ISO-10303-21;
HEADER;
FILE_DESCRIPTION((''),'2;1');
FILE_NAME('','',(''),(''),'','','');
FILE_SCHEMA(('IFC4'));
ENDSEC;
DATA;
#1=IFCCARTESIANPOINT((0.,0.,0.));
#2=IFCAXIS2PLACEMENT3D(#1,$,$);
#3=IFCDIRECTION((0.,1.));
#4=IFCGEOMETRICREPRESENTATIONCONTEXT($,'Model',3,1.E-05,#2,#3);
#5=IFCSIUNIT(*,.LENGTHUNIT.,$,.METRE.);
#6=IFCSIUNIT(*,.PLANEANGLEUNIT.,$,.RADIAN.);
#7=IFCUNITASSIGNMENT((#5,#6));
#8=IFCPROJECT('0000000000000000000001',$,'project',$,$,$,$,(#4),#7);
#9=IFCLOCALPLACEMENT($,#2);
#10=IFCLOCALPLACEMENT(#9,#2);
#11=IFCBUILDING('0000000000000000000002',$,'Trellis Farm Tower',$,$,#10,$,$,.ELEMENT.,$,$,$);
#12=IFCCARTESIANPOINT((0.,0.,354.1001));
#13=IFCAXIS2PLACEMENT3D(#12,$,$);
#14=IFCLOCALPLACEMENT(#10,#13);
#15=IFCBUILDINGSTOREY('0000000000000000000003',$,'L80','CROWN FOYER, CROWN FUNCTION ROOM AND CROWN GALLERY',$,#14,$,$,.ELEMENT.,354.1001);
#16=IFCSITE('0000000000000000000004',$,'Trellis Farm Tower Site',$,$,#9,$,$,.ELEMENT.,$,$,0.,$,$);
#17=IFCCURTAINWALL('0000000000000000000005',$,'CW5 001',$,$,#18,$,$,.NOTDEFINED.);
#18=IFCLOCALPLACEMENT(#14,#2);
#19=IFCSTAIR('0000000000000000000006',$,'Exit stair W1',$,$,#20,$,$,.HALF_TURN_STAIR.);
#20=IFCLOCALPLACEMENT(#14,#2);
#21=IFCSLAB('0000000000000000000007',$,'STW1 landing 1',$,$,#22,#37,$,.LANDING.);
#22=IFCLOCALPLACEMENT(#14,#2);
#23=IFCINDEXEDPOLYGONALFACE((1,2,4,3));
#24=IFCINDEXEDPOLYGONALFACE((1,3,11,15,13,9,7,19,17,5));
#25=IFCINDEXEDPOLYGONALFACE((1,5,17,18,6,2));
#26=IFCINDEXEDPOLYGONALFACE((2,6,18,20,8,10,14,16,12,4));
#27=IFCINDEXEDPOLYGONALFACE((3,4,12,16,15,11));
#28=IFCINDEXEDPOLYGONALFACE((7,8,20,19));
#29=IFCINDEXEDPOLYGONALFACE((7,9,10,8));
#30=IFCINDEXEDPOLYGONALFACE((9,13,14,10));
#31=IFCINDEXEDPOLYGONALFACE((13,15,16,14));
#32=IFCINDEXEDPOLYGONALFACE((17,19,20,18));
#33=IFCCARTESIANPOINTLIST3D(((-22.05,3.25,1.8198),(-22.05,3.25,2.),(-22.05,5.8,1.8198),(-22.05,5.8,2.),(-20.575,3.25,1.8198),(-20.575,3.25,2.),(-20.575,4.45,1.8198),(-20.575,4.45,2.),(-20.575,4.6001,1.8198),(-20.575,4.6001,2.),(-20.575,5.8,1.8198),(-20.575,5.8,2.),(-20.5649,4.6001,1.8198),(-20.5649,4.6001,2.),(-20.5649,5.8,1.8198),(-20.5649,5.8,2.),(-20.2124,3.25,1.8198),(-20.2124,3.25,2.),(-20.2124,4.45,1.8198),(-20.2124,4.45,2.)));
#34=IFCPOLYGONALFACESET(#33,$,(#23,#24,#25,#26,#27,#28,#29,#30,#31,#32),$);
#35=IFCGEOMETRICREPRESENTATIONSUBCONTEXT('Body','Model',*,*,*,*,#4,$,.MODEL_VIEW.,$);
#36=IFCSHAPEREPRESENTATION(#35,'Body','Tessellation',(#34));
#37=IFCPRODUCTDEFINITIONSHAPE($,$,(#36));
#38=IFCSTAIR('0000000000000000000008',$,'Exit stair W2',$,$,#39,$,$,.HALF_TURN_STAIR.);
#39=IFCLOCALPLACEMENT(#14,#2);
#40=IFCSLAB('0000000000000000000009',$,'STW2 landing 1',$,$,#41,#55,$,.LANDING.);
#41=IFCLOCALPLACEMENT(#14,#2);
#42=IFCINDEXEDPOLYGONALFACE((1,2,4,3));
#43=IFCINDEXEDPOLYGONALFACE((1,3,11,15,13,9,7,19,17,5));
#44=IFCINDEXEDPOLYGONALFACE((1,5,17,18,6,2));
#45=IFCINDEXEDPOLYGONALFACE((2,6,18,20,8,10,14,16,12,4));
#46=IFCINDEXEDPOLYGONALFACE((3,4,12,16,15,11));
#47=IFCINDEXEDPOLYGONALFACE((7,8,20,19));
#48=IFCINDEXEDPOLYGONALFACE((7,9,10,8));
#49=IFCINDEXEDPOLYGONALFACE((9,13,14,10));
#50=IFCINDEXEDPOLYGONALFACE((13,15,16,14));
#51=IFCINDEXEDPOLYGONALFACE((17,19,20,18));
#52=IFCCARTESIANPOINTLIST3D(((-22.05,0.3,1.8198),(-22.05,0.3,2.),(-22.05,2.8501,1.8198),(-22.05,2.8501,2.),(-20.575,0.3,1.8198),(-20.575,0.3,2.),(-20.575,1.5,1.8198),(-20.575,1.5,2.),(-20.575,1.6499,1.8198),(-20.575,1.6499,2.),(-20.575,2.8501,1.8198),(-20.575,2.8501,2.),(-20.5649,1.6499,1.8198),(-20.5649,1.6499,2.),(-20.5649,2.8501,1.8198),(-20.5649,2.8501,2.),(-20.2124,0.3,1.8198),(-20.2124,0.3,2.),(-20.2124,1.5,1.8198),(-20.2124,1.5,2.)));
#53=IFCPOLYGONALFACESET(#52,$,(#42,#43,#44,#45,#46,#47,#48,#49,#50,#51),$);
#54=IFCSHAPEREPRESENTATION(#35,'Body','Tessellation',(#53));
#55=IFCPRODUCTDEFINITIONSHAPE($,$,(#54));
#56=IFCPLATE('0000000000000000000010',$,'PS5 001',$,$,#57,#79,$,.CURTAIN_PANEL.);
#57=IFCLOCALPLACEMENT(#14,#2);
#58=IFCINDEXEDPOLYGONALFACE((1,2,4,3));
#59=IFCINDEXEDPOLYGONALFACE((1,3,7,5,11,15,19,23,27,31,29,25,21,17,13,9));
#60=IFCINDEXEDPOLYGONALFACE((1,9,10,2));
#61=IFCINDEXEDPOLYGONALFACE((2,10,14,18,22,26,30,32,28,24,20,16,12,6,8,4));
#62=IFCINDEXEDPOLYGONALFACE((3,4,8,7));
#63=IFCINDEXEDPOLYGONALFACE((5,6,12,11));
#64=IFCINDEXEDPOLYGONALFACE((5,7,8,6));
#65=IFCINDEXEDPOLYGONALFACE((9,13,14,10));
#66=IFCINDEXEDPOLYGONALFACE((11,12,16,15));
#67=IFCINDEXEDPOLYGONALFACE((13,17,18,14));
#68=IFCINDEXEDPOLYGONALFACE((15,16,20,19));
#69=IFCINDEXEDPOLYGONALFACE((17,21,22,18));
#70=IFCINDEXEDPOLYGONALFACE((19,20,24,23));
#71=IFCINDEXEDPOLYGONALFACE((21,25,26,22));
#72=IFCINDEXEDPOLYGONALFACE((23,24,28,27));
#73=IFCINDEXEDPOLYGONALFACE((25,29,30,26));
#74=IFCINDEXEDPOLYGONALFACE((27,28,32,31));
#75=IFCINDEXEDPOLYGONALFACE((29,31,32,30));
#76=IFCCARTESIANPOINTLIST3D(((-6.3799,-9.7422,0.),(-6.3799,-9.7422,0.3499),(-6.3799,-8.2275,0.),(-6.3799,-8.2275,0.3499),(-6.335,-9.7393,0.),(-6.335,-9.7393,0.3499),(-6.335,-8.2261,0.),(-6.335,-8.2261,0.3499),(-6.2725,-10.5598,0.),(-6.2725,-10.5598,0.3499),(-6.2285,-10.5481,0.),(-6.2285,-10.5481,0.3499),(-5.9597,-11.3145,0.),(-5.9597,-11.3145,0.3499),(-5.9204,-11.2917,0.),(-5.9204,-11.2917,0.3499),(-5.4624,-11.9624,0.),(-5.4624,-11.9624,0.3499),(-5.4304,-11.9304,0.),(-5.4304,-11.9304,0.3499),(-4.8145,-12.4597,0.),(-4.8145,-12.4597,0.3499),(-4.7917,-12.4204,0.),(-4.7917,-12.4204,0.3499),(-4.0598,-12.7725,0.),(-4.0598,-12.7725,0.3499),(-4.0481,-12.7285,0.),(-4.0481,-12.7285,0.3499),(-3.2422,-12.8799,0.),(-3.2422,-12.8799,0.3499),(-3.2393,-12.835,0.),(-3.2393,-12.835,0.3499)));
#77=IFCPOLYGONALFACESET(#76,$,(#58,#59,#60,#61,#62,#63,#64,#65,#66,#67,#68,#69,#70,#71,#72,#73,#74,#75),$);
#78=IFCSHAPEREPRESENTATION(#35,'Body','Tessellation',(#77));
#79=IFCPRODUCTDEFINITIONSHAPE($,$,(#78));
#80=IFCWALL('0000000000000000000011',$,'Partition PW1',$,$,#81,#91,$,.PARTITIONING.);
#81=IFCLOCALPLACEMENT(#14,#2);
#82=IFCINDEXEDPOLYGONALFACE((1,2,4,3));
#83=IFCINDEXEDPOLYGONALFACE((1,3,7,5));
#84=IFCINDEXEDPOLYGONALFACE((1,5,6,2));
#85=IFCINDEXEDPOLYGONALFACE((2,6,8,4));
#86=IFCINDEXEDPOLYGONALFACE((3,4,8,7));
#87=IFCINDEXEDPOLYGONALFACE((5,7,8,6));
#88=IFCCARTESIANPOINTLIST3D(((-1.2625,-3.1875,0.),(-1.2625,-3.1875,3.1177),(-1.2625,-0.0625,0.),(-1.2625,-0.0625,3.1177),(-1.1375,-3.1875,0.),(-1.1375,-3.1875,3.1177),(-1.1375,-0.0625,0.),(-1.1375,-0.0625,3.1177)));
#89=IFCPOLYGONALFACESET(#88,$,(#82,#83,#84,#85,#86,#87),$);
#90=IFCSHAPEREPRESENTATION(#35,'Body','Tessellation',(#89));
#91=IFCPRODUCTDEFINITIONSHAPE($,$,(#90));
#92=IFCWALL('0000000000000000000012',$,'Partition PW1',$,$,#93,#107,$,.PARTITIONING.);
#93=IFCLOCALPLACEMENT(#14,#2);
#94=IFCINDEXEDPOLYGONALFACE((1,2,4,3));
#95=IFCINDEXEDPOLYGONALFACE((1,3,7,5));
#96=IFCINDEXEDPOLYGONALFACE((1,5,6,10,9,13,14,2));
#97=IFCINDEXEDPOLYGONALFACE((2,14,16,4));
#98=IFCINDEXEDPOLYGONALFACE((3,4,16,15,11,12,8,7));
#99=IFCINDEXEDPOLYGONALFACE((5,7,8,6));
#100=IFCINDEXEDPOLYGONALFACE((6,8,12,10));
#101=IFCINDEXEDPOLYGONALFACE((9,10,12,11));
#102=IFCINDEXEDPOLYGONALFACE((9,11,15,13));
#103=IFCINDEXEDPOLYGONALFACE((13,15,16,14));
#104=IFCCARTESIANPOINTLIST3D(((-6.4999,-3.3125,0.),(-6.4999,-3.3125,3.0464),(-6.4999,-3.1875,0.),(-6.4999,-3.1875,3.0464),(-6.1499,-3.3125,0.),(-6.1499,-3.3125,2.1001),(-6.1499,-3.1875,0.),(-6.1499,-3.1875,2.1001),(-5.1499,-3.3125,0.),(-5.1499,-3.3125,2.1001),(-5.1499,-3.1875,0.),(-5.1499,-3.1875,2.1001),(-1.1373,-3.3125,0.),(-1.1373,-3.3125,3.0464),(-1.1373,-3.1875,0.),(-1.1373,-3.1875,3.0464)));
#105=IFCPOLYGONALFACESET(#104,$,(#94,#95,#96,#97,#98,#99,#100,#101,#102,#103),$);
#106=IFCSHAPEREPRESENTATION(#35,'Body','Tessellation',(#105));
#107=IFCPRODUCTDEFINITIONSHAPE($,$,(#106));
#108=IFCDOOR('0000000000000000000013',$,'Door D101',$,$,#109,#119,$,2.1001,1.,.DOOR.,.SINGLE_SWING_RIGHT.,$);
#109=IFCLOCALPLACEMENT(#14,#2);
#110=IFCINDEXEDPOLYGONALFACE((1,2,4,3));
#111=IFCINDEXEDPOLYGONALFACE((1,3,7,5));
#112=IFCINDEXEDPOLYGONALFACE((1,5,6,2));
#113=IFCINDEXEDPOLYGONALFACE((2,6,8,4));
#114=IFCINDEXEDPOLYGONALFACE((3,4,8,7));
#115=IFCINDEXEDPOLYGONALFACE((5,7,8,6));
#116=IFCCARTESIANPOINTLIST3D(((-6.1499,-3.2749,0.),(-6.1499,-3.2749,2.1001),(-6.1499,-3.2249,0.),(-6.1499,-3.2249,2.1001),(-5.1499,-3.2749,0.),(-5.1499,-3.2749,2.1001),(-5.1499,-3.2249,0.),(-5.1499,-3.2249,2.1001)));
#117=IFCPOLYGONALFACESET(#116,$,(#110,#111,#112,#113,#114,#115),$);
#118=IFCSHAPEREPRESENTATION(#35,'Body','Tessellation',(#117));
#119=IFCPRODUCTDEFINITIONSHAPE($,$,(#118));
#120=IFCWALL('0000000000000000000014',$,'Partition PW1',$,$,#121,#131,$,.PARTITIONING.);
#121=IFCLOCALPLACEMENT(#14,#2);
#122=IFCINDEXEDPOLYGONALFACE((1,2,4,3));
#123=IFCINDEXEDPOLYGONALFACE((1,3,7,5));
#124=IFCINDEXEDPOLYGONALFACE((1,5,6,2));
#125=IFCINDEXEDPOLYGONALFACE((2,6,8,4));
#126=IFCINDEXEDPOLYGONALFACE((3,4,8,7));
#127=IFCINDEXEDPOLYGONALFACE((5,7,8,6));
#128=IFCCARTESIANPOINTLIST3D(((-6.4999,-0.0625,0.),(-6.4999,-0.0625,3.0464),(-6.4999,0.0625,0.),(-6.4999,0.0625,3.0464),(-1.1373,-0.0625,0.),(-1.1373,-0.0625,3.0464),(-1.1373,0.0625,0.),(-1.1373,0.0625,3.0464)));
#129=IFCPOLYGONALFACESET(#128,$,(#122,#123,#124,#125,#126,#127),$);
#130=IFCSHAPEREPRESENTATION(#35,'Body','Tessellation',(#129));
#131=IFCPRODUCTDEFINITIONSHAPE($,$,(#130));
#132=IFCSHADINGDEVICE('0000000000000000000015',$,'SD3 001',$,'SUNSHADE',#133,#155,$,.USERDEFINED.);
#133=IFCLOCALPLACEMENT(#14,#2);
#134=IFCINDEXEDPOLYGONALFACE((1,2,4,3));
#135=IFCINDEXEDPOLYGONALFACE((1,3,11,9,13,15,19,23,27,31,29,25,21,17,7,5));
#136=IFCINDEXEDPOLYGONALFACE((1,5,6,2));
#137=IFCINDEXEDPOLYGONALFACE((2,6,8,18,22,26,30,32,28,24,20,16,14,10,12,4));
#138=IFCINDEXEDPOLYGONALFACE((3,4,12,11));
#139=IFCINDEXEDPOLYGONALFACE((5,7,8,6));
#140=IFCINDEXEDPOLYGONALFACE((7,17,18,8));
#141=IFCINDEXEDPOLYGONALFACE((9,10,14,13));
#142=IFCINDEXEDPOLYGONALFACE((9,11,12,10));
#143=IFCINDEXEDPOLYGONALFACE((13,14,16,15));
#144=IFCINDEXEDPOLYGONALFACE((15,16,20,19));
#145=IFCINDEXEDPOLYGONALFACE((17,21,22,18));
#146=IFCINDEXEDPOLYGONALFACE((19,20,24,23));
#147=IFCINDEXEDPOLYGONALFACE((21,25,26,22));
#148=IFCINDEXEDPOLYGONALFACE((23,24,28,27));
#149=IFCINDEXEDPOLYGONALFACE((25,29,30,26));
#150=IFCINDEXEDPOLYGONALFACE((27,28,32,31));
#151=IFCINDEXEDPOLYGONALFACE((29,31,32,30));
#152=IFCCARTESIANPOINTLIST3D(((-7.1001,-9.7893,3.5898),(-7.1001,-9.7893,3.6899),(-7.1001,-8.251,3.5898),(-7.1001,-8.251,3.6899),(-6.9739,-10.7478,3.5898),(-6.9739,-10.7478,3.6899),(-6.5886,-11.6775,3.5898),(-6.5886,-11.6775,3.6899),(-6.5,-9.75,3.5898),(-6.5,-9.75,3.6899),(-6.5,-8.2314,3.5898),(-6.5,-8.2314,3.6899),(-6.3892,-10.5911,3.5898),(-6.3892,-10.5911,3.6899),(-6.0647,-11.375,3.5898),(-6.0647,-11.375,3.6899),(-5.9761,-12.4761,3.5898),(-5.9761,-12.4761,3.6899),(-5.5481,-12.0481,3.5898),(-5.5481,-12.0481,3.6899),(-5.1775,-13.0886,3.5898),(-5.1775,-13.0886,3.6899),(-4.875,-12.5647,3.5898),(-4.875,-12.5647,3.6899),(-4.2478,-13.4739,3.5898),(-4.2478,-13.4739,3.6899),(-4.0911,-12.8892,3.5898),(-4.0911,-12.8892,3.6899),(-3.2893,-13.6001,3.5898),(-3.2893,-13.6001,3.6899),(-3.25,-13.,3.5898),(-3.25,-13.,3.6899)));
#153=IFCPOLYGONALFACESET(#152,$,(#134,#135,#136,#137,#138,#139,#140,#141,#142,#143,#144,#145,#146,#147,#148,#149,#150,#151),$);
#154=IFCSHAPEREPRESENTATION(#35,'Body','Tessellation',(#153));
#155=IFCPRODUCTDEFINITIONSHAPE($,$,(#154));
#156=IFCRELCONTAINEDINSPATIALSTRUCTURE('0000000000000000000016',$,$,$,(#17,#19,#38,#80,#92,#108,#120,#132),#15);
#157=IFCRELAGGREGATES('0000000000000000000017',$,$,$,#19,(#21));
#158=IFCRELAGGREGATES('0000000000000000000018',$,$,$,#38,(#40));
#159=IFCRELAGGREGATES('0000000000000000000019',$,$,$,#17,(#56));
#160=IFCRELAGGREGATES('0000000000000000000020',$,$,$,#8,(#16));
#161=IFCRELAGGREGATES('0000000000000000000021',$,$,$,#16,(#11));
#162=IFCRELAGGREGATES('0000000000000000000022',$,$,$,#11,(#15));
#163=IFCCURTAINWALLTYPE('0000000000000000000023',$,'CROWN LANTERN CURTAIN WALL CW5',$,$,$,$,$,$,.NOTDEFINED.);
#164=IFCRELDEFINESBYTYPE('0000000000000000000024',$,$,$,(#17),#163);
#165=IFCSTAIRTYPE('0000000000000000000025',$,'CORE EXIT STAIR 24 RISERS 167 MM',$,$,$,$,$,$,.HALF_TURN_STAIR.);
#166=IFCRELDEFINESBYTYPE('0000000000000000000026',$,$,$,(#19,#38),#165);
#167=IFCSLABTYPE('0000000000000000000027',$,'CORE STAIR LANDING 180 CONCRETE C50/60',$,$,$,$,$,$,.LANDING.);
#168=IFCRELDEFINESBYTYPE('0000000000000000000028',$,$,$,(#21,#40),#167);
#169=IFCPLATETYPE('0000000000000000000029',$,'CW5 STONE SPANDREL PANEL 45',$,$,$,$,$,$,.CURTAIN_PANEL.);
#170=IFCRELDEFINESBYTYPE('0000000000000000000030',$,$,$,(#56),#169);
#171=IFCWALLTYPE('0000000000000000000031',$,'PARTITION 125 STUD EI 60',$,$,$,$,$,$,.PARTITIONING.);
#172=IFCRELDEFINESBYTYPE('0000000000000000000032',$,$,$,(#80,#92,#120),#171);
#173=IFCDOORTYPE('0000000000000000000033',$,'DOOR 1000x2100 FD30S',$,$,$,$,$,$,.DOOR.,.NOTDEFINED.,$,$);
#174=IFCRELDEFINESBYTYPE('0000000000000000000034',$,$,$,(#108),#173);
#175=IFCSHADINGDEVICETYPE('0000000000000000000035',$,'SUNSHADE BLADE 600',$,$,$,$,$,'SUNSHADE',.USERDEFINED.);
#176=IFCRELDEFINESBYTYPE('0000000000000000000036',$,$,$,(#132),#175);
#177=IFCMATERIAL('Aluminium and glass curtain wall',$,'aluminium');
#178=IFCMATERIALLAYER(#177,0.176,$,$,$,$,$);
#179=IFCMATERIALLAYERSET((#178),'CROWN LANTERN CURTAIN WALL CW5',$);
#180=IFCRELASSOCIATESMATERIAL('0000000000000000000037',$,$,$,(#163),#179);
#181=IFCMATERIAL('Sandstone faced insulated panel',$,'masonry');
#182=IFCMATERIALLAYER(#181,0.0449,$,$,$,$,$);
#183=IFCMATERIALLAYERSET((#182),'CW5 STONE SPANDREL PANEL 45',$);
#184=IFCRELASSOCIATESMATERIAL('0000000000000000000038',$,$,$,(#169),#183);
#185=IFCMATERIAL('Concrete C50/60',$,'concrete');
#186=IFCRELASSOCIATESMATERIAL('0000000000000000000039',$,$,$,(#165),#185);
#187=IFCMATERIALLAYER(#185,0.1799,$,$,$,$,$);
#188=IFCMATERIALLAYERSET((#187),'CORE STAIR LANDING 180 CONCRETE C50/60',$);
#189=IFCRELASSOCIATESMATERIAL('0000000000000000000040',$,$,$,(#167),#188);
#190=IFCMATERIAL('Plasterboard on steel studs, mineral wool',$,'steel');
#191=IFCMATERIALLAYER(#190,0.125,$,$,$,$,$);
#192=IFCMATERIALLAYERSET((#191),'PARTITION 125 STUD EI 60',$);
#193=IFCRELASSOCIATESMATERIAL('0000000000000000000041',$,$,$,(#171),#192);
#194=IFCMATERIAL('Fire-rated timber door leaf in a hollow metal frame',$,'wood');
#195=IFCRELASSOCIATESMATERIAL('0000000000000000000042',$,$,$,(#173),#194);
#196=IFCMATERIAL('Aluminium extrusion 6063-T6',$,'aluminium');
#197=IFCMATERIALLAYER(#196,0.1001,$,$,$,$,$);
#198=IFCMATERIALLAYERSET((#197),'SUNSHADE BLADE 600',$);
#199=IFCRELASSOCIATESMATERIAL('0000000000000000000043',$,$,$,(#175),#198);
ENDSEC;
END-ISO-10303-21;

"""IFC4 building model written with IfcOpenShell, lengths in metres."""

from ifc_helpers import new_model, si_unit, direction, frame, frame_2d, origin, place, context, subcontext, project, spatial, polyline, rectangle, outline, extrude, source, transform, mapped, material, layer, layer_set, type_object, element, fill, aggregate, save


model = new_model("IFC4")

# Units and contexts
model_context = context("Model", 3, precision=1e-05, world=origin(), true_north=direction((0.0, 1.0)))
body_context = subcontext(model_context, "Body", "Model", "MODEL_VIEW")
ifc_project = project(units=[si_unit("LENGTHUNIT", "METRE"), si_unit("PLANEANGLEUNIT", "RADIAN")], contexts=[model_context])

# Site, building, storey
site_placement = place(None, origin())
site = spatial("IfcSite", under=ifc_project, at=site_placement, Name="Trellis Farm Tower Site", CompositionType="ELEMENT", RefElevation=0.0)
building_placement = place(site_placement, origin())
building = spatial("IfcBuilding", under=site, at=building_placement, Name="Trellis Farm Tower", CompositionType="ELEMENT")
storey_placement = place(building_placement, frame((0.0, 0.0, 354.1001)))
storey = spatial("IfcBuildingStorey", under=building, at=storey_placement, Name="L80", Description="CROWN FOYER, CROWN FUNCTION ROOM AND CROWN GALLERY", CompositionType="ELEMENT", Elevation=354.1001)

# Shared definitions
ifc_material_1 = material(Name="Concrete C50/60", Category="concrete")

# Shared definitions
ifc_material_2 = material(Name="Aluminium and glass curtain wall", Category="aluminium")
ifc_layer_1 = layer(ifc_material_2, 0.176)
ifc_layer_set_1 = layer_set([ifc_layer_1], Name="CROWN LANTERN CURTAIN WALL CW5")
curtain_wall_type = type_object("IfcCurtainWallType", Name="CROWN LANTERN CURTAIN WALL CW5", PredefinedType="NOTDEFINED", material=ifc_layer_set_1)
placement_1 = place(storey_placement, origin())
ifc_material_3 = material(Name="Aluminium extrusion 6063-T6", Category="aluminium")

# Curtain wall
curtain_wall_1 = element("IfcCurtainWall", 1, at=placement_1, inside=storey, type_object=curtain_wall_type, Name="CW5 001", PredefinedType="NOTDEFINED")

# Shared definitions
ifc_material_4 = material(Name="Sandstone faced insulated panel", Category="masonry")
ifc_layer_2 = layer(ifc_material_4, 0.0449)
ifc_layer_set_2 = layer_set([ifc_layer_2], Name="CW5 STONE SPANDREL PANEL 45")
plate_type_1 = type_object("IfcPlateType", Name="CW5 STONE SPANDREL PANEL 45", PredefinedType="CURTAIN_PANEL", material=ifc_layer_set_2)

# Stairs, slabs
stair_type = type_object("IfcStairType", Name="CORE EXIT STAIR 24 RISERS 167 MM", PredefinedType="HALF_TURN_STAIR", material=ifc_material_1)
ifc_layer_3 = layer(ifc_material_1, 0.1799)
ifc_layer_set_3 = layer_set([ifc_layer_3], Name="CORE STAIR LANDING 180 CONCRETE C50/60")
slab_type_1 = type_object("IfcSlabType", Name="CORE STAIR LANDING 180 CONCRETE C50/60", PredefinedType="LANDING", material=ifc_layer_set_3)
placement_2 = place(storey_placement, frame((0.0, 0.0, 1.8198)))
stair_1 = element("IfcStair", 2, at=placement_1, inside=storey, type_object=stair_type, Name="Exit stair W1", PredefinedType="HALF_TURN_STAIR")
shared_shape_1 = source(origin(), body_context, "Body", "SweptSolid", [
    extrude(outline(polyline([(-20.2124, 4.45), (-20.2124, 3.25), (-20.575, 3.25), (-22.05, 3.25), (-22.05, 5.8), (-20.575, 5.8), (-20.5649, 5.8), (-20.5649, 4.6001), (-20.575, 4.6001), (-20.575, 4.45), (-20.2124, 4.45)])), origin(), (0.0, 0.0, 1.0), 0.1802),
])
slab_1 = element("IfcSlab", 3, at=placement_2, type_object=slab_type_1, Name="STW1 landing 1", PredefinedType="LANDING", context=body_context, shape_type="MappedRepresentation", body=[
    mapped(shared_shape_1, transform((0.0, 0.0, 0.0))),
])
aggregate(stair_1, [slab_1])
stair_2 = element("IfcStair", 4, at=placement_1, inside=storey, type_object=stair_type, Name="Exit stair W2", PredefinedType="HALF_TURN_STAIR")
shared_shape_2 = source(origin(), body_context, "Body", "SweptSolid", [
    extrude(outline(polyline([(-20.2124, 1.5), (-20.2124, 0.3), (-20.575, 0.3), (-22.05, 0.3), (-22.05, 2.8501), (-20.575, 2.8501), (-20.5649, 2.8501), (-20.5649, 1.6499), (-20.575, 1.6499), (-20.575, 1.5), (-20.2124, 1.5)])), origin(), (0.0, 0.0, 1.0), 0.1802),
])
slab_2 = element("IfcSlab", 5, at=placement_2, type_object=slab_type_1, Name="STW2 landing 1", PredefinedType="LANDING", context=body_context, shape_type="MappedRepresentation", body=[
    mapped(shared_shape_2, transform((0.0, 0.0, 0.0))),
])
aggregate(stair_2, [slab_2])

# Plate
shared_shape_3 = source(origin(), body_context, "Body", "SweptSolid", [
    extrude(outline(polyline([(-6.3799, -8.2275), (-6.3799, -9.7422), (-6.2725, -10.5598), (-5.9597, -11.3145), (-5.4624, -11.9624), (-4.8145, -12.4597), (-4.0598, -12.7725), (-3.2422, -12.8799), (-3.2393, -12.835), (-4.0481, -12.7285), (-4.7917, -12.4204), (-5.4304, -11.9304), (-5.9204, -11.2917), (-6.2285, -10.5481), (-6.335, -9.7393), (-6.335, -8.2261), (-6.3799, -8.2275)])), origin(), (0.0, 0.0, 1.0), 0.3499),
])
plate_1 = element("IfcPlate", 6, at=placement_1, type_object=plate_type_1, Name="PS5 001", PredefinedType="CURTAIN_PANEL", context=body_context, shape_type="MappedRepresentation", body=[
    mapped(shared_shape_3, transform((0.0, 0.0, 0.0))),
])
aggregate(curtain_wall_1, [plate_1])

# Wall
ifc_material_5 = material(Name="Plasterboard on steel studs, mineral wool", Category="steel")
ifc_layer_4 = layer(ifc_material_5, 0.125)
ifc_layer_set_4 = layer_set([ifc_layer_4], Name="PARTITION 125 STUD EI 60")
wall_type_1 = type_object("IfcWallType", Name="PARTITION 125 STUD EI 60", PredefinedType="PARTITIONING", material=ifc_layer_set_4)
shared_shape_4 = source(origin(), body_context, "Body", "SweptSolid", [
    extrude(rectangle(XDim=3.125, YDim=0.125, at=frame_2d((1.5625, 0.0))), origin(), (0.0, 0.0, 1.0), 3.1177),
])
wall_1_placement = place(storey_placement, frame((-1.2, -0.0625, 0.0), z_axis=(0.0, 0.0, 1.0), x_axis=(0.0, -1.0, 0.0)))
element("IfcWall", 7, at=wall_1_placement, inside=storey, type_object=wall_type_1, Name="Partition PW1", PredefinedType="PARTITIONING", context=body_context, shape_type="MappedRepresentation", body=[
    mapped(shared_shape_4, transform((0.0, 0.0, 0.0))),
])

# Wall, opening, door
shared_shape_5 = source(origin(), body_context, "Body", "SweptSolid", [
    extrude(rectangle(XDim=5.3625, YDim=0.125, at=frame_2d((2.6812, 0.0))), origin(), (0.0, 0.0, 1.0), 3.0464),
])
wall_2_placement = place(storey_placement, frame((-1.1375, -3.25, 0.0), z_axis=(0.0, 0.0, 1.0), x_axis=(-1.0, 0.0, 0.0)))
wall_2 = element("IfcWall", 8, at=wall_2_placement, inside=storey, type_object=wall_type_1, Name="Partition PW1", PredefinedType="PARTITIONING", context=body_context, shape_type="MappedRepresentation", body=[
    mapped(shared_shape_5, transform((0.0, 0.0, 0.0))),
])
shared_shape_6 = source(origin(), body_context, "Body", "SweptSolid", [
    extrude(rectangle(XDim=1.0, YDim=2.1001, at=frame_2d((0.5, 1.05))), frame((0.0, 0.0725, 0.0), z_axis=(0.0, -1.0, 0.0), x_axis=(1.0, 0.0, 0.0)), (0.0, 0.0, 1.0), 0.145),
])
opening_1_placement = place(wall_2_placement, frame((4.0125, 0.0, 0.0)))
opening_1 = element("IfcOpeningElement", 9, at=opening_1_placement, cuts=wall_2, PredefinedType="OPENING", context=body_context, shape_type="MappedRepresentation", body=[
    mapped(shared_shape_6, transform((0.0, 0.0, 0.0))),
])
ifc_material_6 = material(Name="Fire-rated timber door leaf in a hollow metal frame", Category="wood")
door_type_1 = type_object("IfcDoorType", Name="DOOR 1000x2100 FD30S", OperationType="NOTDEFINED", PredefinedType="DOOR", material=ifc_material_6)
shared_shape_7 = source(origin(), body_context, "Body", "SweptSolid", [
    extrude(rectangle(XDim=1.0, YDim=2.1001, at=frame_2d((0.5, 1.05))), frame((0.0, 0.0249, 0.0), z_axis=(0.0, -1.0, 0.0), x_axis=(1.0, 0.0, 0.0)), (0.0, 0.0, 1.0), 0.05),
])
door_1_placement = place(opening_1_placement, origin())
door_1 = element("IfcDoor", 10, at=door_1_placement, inside=storey, type_object=door_type_1, Name="Door D101", OperationType="SINGLE_SWING_RIGHT", OverallHeight=2.1001, OverallWidth=1.0, PredefinedType="DOOR", context=body_context, shape_type="MappedRepresentation", body=[
    mapped(shared_shape_7, transform((0.0, 0.0, 0.0))),
])
fill(opening_1, door_1)

# Wall
wall_3_placement = place(storey_placement, frame((-1.1375, 0.0, 0.0), z_axis=(0.0, 0.0, 1.0), x_axis=(-1.0, 0.0, 0.0)))
element("IfcWall", 11, at=wall_3_placement, inside=storey, type_object=wall_type_1, Name="Partition PW1", PredefinedType="PARTITIONING", context=body_context, shape_type="MappedRepresentation", body=[
    mapped(shared_shape_5, transform((0.0, 0.0, 0.0))),
])

# Shading device
ifc_layer_5 = layer(ifc_material_3, 0.1001)
ifc_layer_set_5 = layer_set([ifc_layer_5], Name="SUNSHADE BLADE 600")
shading_device_type = type_object("IfcShadingDeviceType", Name="SUNSHADE BLADE 600", ElementType="SUNSHADE", PredefinedType="USERDEFINED", material=ifc_layer_set_5)
shared_shape_8 = source(origin(), body_context, "Body", "SweptSolid", [
    extrude(outline(polyline([(-7.1001, -8.251), (-7.1001, -9.7893), (-6.9739, -10.7478), (-6.5886, -11.6775), (-5.9761, -12.4761), (-5.1775, -13.0886), (-4.2478, -13.4739), (-3.2893, -13.6001), (-3.25, -13.0), (-4.0911, -12.8892), (-4.875, -12.5647), (-5.5481, -12.0481), (-6.0647, -11.375), (-6.3892, -10.5911), (-6.5, -9.75), (-6.5, -8.2314), (-7.1001, -8.251)])), origin(), (0.0, 0.0, 1.0), 0.1001),
])
shading_device_placement = place(storey_placement, frame((0.0, 0.0, 3.5898)))
element("IfcShadingDevice", 12, at=shading_device_placement, inside=storey, type_object=shading_device_type, Name="SD3 001", ObjectType="SUNSHADE", PredefinedType="USERDEFINED", context=body_context, shape_type="MappedRepresentation", body=[
    mapped(shared_shape_8, transform((0.0, 0.0, 0.0))),
])

save(model, "model.ifc")
